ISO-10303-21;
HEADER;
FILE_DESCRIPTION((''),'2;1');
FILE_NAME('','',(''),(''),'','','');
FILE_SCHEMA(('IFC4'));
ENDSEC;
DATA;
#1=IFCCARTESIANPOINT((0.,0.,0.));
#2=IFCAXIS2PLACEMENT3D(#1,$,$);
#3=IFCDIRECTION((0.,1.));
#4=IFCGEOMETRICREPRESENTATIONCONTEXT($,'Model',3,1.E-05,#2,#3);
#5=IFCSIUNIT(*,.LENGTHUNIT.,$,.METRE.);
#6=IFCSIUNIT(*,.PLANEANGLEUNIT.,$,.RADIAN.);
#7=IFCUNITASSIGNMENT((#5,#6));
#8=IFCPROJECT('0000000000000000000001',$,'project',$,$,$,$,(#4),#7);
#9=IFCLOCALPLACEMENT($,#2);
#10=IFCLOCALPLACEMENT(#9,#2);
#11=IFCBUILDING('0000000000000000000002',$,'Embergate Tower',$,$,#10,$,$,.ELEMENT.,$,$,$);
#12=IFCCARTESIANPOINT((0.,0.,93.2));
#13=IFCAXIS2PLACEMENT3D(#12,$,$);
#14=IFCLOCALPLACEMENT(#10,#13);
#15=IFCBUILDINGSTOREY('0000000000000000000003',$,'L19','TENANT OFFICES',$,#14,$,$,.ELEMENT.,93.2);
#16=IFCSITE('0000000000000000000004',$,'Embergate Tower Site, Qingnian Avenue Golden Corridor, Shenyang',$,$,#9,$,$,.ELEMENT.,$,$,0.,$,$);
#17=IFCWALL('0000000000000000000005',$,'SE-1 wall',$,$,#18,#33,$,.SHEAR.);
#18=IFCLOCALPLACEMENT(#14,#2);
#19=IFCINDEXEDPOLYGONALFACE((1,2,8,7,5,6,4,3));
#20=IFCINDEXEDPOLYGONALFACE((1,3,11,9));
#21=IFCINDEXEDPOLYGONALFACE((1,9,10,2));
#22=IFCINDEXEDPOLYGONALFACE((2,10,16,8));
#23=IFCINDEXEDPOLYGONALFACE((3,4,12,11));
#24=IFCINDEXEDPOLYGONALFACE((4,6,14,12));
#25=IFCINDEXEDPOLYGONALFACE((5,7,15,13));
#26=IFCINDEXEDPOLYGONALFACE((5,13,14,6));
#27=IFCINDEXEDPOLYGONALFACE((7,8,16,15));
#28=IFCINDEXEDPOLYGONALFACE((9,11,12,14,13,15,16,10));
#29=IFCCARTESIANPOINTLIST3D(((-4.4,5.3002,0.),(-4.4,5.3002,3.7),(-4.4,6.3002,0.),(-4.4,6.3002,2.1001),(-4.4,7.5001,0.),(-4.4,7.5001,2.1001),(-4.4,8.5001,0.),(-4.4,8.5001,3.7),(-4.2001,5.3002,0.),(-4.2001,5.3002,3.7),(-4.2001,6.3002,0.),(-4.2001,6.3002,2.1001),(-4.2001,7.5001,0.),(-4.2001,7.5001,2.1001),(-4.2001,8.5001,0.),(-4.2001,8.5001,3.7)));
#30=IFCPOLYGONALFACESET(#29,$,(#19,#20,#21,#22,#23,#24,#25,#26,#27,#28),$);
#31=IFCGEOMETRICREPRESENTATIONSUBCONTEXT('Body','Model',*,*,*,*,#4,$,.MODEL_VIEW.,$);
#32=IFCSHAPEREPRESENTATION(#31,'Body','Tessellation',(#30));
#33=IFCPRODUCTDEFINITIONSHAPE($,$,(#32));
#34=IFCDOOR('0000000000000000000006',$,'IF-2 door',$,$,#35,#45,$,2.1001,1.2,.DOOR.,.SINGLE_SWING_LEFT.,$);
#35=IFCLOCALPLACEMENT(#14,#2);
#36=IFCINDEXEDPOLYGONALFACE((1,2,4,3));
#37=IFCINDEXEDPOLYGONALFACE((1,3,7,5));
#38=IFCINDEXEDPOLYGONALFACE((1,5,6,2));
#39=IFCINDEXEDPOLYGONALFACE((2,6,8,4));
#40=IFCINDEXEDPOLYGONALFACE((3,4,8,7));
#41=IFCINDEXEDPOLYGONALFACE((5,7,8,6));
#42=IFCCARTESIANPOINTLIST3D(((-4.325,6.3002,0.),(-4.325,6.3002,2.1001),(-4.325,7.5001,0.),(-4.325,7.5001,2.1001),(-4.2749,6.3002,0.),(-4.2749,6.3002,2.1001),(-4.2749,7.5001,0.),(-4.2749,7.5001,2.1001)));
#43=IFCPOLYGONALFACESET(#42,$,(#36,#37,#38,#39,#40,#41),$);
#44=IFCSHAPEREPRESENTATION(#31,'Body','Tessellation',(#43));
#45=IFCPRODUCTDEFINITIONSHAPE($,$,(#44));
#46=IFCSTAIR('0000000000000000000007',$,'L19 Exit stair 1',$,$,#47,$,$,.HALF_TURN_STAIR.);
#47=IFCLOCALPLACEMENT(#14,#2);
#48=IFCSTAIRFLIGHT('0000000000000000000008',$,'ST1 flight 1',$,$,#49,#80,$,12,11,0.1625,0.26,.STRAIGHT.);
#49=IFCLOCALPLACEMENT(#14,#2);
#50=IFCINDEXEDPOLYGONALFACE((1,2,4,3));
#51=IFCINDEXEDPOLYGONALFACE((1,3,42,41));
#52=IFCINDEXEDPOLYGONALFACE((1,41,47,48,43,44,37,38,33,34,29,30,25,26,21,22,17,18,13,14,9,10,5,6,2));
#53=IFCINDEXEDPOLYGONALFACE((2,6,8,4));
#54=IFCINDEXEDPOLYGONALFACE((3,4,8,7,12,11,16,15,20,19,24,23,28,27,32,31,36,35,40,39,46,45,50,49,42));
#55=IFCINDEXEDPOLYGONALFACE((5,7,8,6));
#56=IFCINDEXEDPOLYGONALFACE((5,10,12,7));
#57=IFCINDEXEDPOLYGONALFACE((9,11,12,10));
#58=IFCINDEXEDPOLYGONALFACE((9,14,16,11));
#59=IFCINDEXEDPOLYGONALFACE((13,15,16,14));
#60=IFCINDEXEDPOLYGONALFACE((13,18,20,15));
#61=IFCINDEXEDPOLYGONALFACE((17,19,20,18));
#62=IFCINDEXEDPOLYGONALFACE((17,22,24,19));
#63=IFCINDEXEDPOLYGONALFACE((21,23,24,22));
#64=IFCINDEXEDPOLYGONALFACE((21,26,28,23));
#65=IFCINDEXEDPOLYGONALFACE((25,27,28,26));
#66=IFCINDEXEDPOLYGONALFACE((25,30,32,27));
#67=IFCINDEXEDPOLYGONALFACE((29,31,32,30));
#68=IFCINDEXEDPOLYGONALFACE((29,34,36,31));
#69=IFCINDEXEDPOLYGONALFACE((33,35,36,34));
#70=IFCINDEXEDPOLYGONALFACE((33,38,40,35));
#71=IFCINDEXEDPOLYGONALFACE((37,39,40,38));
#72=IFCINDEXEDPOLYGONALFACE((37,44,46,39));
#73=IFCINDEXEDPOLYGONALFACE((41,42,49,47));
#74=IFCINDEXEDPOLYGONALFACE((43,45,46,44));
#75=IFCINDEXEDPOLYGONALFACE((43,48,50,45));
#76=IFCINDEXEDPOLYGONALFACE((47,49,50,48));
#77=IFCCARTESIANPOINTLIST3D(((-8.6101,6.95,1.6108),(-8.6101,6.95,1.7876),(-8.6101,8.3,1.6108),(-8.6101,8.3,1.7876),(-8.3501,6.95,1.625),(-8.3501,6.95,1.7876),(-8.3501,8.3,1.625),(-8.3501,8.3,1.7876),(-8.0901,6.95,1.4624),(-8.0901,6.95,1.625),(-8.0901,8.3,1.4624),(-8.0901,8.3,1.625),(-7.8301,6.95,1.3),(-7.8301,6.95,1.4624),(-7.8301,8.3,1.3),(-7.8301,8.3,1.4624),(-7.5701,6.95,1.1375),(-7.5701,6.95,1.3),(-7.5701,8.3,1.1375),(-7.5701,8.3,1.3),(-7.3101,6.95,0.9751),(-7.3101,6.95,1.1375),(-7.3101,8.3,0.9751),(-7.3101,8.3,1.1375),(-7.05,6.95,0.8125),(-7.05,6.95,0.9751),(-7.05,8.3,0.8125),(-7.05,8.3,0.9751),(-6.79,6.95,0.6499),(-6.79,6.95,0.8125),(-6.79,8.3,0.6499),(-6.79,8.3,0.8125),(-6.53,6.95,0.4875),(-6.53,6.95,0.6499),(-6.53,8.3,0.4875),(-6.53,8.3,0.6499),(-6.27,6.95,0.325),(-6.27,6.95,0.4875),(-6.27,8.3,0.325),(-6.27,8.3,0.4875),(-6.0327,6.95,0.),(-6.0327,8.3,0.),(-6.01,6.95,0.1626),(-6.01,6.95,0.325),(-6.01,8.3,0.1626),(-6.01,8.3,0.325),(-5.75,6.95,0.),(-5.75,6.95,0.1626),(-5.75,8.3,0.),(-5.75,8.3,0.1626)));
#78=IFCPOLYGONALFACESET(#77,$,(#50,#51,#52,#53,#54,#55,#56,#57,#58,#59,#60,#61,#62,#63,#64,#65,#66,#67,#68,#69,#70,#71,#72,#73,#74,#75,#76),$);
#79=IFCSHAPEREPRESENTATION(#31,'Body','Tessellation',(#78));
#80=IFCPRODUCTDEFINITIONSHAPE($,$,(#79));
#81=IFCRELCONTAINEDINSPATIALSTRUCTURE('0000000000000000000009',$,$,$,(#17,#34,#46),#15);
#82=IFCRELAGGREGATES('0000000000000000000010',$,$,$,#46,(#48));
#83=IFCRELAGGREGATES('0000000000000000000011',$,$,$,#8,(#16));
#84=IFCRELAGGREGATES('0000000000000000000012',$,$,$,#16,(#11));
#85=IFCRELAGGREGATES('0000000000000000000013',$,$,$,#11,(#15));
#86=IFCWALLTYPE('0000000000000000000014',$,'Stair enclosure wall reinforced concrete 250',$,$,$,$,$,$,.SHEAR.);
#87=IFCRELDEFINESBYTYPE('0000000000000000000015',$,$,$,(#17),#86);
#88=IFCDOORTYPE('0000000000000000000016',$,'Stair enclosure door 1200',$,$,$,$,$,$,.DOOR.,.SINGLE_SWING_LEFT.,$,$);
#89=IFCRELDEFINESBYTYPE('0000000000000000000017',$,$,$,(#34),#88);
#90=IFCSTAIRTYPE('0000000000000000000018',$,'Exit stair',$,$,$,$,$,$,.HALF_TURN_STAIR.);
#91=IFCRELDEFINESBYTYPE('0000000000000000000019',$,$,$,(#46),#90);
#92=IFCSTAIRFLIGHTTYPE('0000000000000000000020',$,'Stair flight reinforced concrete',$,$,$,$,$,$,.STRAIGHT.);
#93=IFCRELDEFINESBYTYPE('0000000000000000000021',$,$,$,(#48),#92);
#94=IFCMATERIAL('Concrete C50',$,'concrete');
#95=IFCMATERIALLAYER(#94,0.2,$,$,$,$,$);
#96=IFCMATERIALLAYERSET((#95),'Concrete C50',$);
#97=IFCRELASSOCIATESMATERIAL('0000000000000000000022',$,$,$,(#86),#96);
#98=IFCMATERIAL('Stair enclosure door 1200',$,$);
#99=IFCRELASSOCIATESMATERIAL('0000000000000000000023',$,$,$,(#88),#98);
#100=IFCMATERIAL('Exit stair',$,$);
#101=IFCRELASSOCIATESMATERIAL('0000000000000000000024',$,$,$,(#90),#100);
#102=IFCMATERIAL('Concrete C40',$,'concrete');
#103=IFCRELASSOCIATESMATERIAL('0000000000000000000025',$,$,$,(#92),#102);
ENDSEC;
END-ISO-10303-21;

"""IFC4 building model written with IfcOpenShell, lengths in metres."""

from ifc_helpers import new_model, si_unit, direction, frame, frame_2d, origin, place, context, subcontext, project, spatial, polyline, rectangle, outline, extrude, source, transform, mapped, material, layer, layer_set, type_object, element, fill, aggregate, save


model = new_model("IFC4")

# Units and contexts
model_context = context("Model", 3, precision=1e-05, world=origin(), true_north=direction((0.0, 1.0)))
body_context = subcontext(model_context, "Body", "Model", "MODEL_VIEW")
ifc_project = project(units=[si_unit("LENGTHUNIT", "METRE"), si_unit("PLANEANGLEUNIT", "RADIAN")], contexts=[model_context])

# Site, building, storey
site_placement = place(None, origin())
site = spatial("IfcSite", under=ifc_project, at=site_placement, Name="Embergate Tower Site, Qingnian Avenue Golden Corridor, Shenyang", CompositionType="ELEMENT", RefElevation=0.0)
building_placement = place(site_placement, origin())
building = spatial("IfcBuilding", under=site, at=building_placement, Name="Embergate Tower", CompositionType="ELEMENT")
storey_placement = place(building_placement, frame((0.0, 0.0, 93.2)))
storey = spatial("IfcBuildingStorey", under=building, at=storey_placement, Name="L19", Description="TENANT OFFICES", CompositionType="ELEMENT", Elevation=93.2)

# Shared definitions
ifc_material_1 = material(Name="Concrete C50", Category="concrete")

# Shared definitions
ifc_layer_1 = layer(ifc_material_1, 0.2)
ifc_layer_set_1 = layer_set([ifc_layer_1], Name="Concrete C50")
wall_type_1 = type_object("IfcWallType", Name="Stair enclosure wall reinforced concrete 250", PredefinedType="SHEAR", material=ifc_layer_set_1)

# Wall, opening, door
shared_shape_1 = source(origin(), body_context, "Body", "SweptSolid", [
    extrude(rectangle(XDim=3.2, YDim=0.2, at=frame_2d((1.6001, 0.0))), origin(), (0.0, 0.0, 1.0), 3.7),
])
wall_1_placement = place(storey_placement, frame((-4.3, 5.3, 0.0), z_axis=(0.0, 0.0, 1.0), x_axis=(0.0, 1.0, 0.0)))
wall_1 = element("IfcWall", 1, at=wall_1_placement, inside=storey, type_object=wall_type_1, Name="SE-1 wall", PredefinedType="SHEAR", context=body_context, shape_type="MappedRepresentation", body=[
    mapped(shared_shape_1, transform((0.0, 0.0, 0.0))),
])
shared_shape_2 = source(origin(), body_context, "Body", "SweptSolid", [
    extrude(rectangle(XDim=1.2, YDim=2.1001, at=frame_2d((0.6001, 1.05))), frame((0.0, 0.1099, 0.0), z_axis=(0.0, -1.0, 0.0), x_axis=(1.0, 0.0, 0.0)), (0.0, 0.0, 1.0), 0.22),
])
opening_1_placement = place(wall_1_placement, frame((1.0, 0.0, 0.0)))
opening_1 = element("IfcOpeningElement", 2, at=opening_1_placement, cuts=wall_1, PredefinedType="OPENING", context=body_context, shape_type="MappedRepresentation", body=[
    mapped(shared_shape_2, transform((0.0, 0.0, 0.0))),
])
ifc_material_2 = material(Name="Stair enclosure door 1200")
door_type_1 = type_object("IfcDoorType", Name="Stair enclosure door 1200", OperationType="SINGLE_SWING_LEFT", PredefinedType="DOOR", material=ifc_material_2)
shared_shape_3 = source(origin(), body_context, "Body", "SweptSolid", [
    extrude(rectangle(XDim=1.2, YDim=2.1001, at=frame_2d((0.6001, 1.05))), frame((0.0, 0.0249, 0.0), z_axis=(0.0, -1.0, 0.0), x_axis=(1.0, 0.0, 0.0)), (0.0, 0.0, 1.0), 0.05),
])
door_1_placement = place(opening_1_placement, origin())
door_1 = element("IfcDoor", 3, at=door_1_placement, inside=storey, type_object=door_type_1, Name="IF-2 door", OperationType="SINGLE_SWING_LEFT", OverallHeight=2.1001, OverallWidth=1.2, PredefinedType="DOOR", context=body_context, shape_type="MappedRepresentation", body=[
    mapped(shared_shape_3, transform((0.0, 0.0, 0.0))),
])
fill(opening_1, door_1)

# Stair, stair flight
ifc_material_3 = material(Name="Exit stair")
stair_type = type_object("IfcStairType", Name="Exit stair", PredefinedType="HALF_TURN_STAIR", material=ifc_material_3)
stair_placement = place(storey_placement, origin())
stair = element("IfcStair", 4, at=stair_placement, inside=storey, type_object=stair_type, Name="L19 Exit stair 1", PredefinedType="HALF_TURN_STAIR")
ifc_material_4 = material(Name="Concrete C40", Category="concrete")
stair_flight_type = type_object("IfcStairFlightType", Name="Stair flight reinforced concrete", PredefinedType="STRAIGHT", material=ifc_material_4)
shared_shape_4 = source(origin(), body_context, "Body", "SweptSolid", [
    extrude(outline(polyline([(0.0, 0.0), (0.0, 0.1626), (0.26, 0.1626), (0.26, 0.325), (0.52, 0.325), (0.52, 0.4875), (0.78, 0.4875), (0.78, 0.6499), (1.04, 0.6499), (1.04, 0.8125), (1.3, 0.8125), (1.3, 0.9751), (1.5601, 0.9751), (1.5601, 1.1375), (1.8201, 1.1375), (1.8201, 1.3), (2.0801, 1.3), (2.0801, 1.4624), (2.3401, 1.4624), (2.3401, 1.625), (2.6001, 1.625), (2.6001, 1.7876), (2.8601, 1.7876), (2.8601, 1.95), (2.8601, 1.6108), (0.2827, 0.0), (0.0, 0.0)])), frame((0.0, 0.675, 0.0), z_axis=(0.0, -1.0, 0.0), x_axis=(1.0, 0.0, 0.0)), (0.0, 0.0, 1.0), 1.3501),
])
stair_flight_placement = place(storey_placement, frame((-5.75, 7.625, 0.0), z_axis=(0.0, 0.0, 1.0), x_axis=(-1.0, 0.0, 0.0)))
stair_flight = element("IfcStairFlight", 5, at=stair_flight_placement, type_object=stair_flight_type, Name="ST1 flight 1", NumberOfRisers=12, NumberOfTreads=11, PredefinedType="STRAIGHT", RiserHeight=0.1625, TreadLength=0.26, context=body_context, shape_type="MappedRepresentation", body=[
    mapped(shared_shape_4, transform((0.0, 0.0, 0.0))),
])
aggregate(stair, [stair_flight])

save(model, "model.ifc")
